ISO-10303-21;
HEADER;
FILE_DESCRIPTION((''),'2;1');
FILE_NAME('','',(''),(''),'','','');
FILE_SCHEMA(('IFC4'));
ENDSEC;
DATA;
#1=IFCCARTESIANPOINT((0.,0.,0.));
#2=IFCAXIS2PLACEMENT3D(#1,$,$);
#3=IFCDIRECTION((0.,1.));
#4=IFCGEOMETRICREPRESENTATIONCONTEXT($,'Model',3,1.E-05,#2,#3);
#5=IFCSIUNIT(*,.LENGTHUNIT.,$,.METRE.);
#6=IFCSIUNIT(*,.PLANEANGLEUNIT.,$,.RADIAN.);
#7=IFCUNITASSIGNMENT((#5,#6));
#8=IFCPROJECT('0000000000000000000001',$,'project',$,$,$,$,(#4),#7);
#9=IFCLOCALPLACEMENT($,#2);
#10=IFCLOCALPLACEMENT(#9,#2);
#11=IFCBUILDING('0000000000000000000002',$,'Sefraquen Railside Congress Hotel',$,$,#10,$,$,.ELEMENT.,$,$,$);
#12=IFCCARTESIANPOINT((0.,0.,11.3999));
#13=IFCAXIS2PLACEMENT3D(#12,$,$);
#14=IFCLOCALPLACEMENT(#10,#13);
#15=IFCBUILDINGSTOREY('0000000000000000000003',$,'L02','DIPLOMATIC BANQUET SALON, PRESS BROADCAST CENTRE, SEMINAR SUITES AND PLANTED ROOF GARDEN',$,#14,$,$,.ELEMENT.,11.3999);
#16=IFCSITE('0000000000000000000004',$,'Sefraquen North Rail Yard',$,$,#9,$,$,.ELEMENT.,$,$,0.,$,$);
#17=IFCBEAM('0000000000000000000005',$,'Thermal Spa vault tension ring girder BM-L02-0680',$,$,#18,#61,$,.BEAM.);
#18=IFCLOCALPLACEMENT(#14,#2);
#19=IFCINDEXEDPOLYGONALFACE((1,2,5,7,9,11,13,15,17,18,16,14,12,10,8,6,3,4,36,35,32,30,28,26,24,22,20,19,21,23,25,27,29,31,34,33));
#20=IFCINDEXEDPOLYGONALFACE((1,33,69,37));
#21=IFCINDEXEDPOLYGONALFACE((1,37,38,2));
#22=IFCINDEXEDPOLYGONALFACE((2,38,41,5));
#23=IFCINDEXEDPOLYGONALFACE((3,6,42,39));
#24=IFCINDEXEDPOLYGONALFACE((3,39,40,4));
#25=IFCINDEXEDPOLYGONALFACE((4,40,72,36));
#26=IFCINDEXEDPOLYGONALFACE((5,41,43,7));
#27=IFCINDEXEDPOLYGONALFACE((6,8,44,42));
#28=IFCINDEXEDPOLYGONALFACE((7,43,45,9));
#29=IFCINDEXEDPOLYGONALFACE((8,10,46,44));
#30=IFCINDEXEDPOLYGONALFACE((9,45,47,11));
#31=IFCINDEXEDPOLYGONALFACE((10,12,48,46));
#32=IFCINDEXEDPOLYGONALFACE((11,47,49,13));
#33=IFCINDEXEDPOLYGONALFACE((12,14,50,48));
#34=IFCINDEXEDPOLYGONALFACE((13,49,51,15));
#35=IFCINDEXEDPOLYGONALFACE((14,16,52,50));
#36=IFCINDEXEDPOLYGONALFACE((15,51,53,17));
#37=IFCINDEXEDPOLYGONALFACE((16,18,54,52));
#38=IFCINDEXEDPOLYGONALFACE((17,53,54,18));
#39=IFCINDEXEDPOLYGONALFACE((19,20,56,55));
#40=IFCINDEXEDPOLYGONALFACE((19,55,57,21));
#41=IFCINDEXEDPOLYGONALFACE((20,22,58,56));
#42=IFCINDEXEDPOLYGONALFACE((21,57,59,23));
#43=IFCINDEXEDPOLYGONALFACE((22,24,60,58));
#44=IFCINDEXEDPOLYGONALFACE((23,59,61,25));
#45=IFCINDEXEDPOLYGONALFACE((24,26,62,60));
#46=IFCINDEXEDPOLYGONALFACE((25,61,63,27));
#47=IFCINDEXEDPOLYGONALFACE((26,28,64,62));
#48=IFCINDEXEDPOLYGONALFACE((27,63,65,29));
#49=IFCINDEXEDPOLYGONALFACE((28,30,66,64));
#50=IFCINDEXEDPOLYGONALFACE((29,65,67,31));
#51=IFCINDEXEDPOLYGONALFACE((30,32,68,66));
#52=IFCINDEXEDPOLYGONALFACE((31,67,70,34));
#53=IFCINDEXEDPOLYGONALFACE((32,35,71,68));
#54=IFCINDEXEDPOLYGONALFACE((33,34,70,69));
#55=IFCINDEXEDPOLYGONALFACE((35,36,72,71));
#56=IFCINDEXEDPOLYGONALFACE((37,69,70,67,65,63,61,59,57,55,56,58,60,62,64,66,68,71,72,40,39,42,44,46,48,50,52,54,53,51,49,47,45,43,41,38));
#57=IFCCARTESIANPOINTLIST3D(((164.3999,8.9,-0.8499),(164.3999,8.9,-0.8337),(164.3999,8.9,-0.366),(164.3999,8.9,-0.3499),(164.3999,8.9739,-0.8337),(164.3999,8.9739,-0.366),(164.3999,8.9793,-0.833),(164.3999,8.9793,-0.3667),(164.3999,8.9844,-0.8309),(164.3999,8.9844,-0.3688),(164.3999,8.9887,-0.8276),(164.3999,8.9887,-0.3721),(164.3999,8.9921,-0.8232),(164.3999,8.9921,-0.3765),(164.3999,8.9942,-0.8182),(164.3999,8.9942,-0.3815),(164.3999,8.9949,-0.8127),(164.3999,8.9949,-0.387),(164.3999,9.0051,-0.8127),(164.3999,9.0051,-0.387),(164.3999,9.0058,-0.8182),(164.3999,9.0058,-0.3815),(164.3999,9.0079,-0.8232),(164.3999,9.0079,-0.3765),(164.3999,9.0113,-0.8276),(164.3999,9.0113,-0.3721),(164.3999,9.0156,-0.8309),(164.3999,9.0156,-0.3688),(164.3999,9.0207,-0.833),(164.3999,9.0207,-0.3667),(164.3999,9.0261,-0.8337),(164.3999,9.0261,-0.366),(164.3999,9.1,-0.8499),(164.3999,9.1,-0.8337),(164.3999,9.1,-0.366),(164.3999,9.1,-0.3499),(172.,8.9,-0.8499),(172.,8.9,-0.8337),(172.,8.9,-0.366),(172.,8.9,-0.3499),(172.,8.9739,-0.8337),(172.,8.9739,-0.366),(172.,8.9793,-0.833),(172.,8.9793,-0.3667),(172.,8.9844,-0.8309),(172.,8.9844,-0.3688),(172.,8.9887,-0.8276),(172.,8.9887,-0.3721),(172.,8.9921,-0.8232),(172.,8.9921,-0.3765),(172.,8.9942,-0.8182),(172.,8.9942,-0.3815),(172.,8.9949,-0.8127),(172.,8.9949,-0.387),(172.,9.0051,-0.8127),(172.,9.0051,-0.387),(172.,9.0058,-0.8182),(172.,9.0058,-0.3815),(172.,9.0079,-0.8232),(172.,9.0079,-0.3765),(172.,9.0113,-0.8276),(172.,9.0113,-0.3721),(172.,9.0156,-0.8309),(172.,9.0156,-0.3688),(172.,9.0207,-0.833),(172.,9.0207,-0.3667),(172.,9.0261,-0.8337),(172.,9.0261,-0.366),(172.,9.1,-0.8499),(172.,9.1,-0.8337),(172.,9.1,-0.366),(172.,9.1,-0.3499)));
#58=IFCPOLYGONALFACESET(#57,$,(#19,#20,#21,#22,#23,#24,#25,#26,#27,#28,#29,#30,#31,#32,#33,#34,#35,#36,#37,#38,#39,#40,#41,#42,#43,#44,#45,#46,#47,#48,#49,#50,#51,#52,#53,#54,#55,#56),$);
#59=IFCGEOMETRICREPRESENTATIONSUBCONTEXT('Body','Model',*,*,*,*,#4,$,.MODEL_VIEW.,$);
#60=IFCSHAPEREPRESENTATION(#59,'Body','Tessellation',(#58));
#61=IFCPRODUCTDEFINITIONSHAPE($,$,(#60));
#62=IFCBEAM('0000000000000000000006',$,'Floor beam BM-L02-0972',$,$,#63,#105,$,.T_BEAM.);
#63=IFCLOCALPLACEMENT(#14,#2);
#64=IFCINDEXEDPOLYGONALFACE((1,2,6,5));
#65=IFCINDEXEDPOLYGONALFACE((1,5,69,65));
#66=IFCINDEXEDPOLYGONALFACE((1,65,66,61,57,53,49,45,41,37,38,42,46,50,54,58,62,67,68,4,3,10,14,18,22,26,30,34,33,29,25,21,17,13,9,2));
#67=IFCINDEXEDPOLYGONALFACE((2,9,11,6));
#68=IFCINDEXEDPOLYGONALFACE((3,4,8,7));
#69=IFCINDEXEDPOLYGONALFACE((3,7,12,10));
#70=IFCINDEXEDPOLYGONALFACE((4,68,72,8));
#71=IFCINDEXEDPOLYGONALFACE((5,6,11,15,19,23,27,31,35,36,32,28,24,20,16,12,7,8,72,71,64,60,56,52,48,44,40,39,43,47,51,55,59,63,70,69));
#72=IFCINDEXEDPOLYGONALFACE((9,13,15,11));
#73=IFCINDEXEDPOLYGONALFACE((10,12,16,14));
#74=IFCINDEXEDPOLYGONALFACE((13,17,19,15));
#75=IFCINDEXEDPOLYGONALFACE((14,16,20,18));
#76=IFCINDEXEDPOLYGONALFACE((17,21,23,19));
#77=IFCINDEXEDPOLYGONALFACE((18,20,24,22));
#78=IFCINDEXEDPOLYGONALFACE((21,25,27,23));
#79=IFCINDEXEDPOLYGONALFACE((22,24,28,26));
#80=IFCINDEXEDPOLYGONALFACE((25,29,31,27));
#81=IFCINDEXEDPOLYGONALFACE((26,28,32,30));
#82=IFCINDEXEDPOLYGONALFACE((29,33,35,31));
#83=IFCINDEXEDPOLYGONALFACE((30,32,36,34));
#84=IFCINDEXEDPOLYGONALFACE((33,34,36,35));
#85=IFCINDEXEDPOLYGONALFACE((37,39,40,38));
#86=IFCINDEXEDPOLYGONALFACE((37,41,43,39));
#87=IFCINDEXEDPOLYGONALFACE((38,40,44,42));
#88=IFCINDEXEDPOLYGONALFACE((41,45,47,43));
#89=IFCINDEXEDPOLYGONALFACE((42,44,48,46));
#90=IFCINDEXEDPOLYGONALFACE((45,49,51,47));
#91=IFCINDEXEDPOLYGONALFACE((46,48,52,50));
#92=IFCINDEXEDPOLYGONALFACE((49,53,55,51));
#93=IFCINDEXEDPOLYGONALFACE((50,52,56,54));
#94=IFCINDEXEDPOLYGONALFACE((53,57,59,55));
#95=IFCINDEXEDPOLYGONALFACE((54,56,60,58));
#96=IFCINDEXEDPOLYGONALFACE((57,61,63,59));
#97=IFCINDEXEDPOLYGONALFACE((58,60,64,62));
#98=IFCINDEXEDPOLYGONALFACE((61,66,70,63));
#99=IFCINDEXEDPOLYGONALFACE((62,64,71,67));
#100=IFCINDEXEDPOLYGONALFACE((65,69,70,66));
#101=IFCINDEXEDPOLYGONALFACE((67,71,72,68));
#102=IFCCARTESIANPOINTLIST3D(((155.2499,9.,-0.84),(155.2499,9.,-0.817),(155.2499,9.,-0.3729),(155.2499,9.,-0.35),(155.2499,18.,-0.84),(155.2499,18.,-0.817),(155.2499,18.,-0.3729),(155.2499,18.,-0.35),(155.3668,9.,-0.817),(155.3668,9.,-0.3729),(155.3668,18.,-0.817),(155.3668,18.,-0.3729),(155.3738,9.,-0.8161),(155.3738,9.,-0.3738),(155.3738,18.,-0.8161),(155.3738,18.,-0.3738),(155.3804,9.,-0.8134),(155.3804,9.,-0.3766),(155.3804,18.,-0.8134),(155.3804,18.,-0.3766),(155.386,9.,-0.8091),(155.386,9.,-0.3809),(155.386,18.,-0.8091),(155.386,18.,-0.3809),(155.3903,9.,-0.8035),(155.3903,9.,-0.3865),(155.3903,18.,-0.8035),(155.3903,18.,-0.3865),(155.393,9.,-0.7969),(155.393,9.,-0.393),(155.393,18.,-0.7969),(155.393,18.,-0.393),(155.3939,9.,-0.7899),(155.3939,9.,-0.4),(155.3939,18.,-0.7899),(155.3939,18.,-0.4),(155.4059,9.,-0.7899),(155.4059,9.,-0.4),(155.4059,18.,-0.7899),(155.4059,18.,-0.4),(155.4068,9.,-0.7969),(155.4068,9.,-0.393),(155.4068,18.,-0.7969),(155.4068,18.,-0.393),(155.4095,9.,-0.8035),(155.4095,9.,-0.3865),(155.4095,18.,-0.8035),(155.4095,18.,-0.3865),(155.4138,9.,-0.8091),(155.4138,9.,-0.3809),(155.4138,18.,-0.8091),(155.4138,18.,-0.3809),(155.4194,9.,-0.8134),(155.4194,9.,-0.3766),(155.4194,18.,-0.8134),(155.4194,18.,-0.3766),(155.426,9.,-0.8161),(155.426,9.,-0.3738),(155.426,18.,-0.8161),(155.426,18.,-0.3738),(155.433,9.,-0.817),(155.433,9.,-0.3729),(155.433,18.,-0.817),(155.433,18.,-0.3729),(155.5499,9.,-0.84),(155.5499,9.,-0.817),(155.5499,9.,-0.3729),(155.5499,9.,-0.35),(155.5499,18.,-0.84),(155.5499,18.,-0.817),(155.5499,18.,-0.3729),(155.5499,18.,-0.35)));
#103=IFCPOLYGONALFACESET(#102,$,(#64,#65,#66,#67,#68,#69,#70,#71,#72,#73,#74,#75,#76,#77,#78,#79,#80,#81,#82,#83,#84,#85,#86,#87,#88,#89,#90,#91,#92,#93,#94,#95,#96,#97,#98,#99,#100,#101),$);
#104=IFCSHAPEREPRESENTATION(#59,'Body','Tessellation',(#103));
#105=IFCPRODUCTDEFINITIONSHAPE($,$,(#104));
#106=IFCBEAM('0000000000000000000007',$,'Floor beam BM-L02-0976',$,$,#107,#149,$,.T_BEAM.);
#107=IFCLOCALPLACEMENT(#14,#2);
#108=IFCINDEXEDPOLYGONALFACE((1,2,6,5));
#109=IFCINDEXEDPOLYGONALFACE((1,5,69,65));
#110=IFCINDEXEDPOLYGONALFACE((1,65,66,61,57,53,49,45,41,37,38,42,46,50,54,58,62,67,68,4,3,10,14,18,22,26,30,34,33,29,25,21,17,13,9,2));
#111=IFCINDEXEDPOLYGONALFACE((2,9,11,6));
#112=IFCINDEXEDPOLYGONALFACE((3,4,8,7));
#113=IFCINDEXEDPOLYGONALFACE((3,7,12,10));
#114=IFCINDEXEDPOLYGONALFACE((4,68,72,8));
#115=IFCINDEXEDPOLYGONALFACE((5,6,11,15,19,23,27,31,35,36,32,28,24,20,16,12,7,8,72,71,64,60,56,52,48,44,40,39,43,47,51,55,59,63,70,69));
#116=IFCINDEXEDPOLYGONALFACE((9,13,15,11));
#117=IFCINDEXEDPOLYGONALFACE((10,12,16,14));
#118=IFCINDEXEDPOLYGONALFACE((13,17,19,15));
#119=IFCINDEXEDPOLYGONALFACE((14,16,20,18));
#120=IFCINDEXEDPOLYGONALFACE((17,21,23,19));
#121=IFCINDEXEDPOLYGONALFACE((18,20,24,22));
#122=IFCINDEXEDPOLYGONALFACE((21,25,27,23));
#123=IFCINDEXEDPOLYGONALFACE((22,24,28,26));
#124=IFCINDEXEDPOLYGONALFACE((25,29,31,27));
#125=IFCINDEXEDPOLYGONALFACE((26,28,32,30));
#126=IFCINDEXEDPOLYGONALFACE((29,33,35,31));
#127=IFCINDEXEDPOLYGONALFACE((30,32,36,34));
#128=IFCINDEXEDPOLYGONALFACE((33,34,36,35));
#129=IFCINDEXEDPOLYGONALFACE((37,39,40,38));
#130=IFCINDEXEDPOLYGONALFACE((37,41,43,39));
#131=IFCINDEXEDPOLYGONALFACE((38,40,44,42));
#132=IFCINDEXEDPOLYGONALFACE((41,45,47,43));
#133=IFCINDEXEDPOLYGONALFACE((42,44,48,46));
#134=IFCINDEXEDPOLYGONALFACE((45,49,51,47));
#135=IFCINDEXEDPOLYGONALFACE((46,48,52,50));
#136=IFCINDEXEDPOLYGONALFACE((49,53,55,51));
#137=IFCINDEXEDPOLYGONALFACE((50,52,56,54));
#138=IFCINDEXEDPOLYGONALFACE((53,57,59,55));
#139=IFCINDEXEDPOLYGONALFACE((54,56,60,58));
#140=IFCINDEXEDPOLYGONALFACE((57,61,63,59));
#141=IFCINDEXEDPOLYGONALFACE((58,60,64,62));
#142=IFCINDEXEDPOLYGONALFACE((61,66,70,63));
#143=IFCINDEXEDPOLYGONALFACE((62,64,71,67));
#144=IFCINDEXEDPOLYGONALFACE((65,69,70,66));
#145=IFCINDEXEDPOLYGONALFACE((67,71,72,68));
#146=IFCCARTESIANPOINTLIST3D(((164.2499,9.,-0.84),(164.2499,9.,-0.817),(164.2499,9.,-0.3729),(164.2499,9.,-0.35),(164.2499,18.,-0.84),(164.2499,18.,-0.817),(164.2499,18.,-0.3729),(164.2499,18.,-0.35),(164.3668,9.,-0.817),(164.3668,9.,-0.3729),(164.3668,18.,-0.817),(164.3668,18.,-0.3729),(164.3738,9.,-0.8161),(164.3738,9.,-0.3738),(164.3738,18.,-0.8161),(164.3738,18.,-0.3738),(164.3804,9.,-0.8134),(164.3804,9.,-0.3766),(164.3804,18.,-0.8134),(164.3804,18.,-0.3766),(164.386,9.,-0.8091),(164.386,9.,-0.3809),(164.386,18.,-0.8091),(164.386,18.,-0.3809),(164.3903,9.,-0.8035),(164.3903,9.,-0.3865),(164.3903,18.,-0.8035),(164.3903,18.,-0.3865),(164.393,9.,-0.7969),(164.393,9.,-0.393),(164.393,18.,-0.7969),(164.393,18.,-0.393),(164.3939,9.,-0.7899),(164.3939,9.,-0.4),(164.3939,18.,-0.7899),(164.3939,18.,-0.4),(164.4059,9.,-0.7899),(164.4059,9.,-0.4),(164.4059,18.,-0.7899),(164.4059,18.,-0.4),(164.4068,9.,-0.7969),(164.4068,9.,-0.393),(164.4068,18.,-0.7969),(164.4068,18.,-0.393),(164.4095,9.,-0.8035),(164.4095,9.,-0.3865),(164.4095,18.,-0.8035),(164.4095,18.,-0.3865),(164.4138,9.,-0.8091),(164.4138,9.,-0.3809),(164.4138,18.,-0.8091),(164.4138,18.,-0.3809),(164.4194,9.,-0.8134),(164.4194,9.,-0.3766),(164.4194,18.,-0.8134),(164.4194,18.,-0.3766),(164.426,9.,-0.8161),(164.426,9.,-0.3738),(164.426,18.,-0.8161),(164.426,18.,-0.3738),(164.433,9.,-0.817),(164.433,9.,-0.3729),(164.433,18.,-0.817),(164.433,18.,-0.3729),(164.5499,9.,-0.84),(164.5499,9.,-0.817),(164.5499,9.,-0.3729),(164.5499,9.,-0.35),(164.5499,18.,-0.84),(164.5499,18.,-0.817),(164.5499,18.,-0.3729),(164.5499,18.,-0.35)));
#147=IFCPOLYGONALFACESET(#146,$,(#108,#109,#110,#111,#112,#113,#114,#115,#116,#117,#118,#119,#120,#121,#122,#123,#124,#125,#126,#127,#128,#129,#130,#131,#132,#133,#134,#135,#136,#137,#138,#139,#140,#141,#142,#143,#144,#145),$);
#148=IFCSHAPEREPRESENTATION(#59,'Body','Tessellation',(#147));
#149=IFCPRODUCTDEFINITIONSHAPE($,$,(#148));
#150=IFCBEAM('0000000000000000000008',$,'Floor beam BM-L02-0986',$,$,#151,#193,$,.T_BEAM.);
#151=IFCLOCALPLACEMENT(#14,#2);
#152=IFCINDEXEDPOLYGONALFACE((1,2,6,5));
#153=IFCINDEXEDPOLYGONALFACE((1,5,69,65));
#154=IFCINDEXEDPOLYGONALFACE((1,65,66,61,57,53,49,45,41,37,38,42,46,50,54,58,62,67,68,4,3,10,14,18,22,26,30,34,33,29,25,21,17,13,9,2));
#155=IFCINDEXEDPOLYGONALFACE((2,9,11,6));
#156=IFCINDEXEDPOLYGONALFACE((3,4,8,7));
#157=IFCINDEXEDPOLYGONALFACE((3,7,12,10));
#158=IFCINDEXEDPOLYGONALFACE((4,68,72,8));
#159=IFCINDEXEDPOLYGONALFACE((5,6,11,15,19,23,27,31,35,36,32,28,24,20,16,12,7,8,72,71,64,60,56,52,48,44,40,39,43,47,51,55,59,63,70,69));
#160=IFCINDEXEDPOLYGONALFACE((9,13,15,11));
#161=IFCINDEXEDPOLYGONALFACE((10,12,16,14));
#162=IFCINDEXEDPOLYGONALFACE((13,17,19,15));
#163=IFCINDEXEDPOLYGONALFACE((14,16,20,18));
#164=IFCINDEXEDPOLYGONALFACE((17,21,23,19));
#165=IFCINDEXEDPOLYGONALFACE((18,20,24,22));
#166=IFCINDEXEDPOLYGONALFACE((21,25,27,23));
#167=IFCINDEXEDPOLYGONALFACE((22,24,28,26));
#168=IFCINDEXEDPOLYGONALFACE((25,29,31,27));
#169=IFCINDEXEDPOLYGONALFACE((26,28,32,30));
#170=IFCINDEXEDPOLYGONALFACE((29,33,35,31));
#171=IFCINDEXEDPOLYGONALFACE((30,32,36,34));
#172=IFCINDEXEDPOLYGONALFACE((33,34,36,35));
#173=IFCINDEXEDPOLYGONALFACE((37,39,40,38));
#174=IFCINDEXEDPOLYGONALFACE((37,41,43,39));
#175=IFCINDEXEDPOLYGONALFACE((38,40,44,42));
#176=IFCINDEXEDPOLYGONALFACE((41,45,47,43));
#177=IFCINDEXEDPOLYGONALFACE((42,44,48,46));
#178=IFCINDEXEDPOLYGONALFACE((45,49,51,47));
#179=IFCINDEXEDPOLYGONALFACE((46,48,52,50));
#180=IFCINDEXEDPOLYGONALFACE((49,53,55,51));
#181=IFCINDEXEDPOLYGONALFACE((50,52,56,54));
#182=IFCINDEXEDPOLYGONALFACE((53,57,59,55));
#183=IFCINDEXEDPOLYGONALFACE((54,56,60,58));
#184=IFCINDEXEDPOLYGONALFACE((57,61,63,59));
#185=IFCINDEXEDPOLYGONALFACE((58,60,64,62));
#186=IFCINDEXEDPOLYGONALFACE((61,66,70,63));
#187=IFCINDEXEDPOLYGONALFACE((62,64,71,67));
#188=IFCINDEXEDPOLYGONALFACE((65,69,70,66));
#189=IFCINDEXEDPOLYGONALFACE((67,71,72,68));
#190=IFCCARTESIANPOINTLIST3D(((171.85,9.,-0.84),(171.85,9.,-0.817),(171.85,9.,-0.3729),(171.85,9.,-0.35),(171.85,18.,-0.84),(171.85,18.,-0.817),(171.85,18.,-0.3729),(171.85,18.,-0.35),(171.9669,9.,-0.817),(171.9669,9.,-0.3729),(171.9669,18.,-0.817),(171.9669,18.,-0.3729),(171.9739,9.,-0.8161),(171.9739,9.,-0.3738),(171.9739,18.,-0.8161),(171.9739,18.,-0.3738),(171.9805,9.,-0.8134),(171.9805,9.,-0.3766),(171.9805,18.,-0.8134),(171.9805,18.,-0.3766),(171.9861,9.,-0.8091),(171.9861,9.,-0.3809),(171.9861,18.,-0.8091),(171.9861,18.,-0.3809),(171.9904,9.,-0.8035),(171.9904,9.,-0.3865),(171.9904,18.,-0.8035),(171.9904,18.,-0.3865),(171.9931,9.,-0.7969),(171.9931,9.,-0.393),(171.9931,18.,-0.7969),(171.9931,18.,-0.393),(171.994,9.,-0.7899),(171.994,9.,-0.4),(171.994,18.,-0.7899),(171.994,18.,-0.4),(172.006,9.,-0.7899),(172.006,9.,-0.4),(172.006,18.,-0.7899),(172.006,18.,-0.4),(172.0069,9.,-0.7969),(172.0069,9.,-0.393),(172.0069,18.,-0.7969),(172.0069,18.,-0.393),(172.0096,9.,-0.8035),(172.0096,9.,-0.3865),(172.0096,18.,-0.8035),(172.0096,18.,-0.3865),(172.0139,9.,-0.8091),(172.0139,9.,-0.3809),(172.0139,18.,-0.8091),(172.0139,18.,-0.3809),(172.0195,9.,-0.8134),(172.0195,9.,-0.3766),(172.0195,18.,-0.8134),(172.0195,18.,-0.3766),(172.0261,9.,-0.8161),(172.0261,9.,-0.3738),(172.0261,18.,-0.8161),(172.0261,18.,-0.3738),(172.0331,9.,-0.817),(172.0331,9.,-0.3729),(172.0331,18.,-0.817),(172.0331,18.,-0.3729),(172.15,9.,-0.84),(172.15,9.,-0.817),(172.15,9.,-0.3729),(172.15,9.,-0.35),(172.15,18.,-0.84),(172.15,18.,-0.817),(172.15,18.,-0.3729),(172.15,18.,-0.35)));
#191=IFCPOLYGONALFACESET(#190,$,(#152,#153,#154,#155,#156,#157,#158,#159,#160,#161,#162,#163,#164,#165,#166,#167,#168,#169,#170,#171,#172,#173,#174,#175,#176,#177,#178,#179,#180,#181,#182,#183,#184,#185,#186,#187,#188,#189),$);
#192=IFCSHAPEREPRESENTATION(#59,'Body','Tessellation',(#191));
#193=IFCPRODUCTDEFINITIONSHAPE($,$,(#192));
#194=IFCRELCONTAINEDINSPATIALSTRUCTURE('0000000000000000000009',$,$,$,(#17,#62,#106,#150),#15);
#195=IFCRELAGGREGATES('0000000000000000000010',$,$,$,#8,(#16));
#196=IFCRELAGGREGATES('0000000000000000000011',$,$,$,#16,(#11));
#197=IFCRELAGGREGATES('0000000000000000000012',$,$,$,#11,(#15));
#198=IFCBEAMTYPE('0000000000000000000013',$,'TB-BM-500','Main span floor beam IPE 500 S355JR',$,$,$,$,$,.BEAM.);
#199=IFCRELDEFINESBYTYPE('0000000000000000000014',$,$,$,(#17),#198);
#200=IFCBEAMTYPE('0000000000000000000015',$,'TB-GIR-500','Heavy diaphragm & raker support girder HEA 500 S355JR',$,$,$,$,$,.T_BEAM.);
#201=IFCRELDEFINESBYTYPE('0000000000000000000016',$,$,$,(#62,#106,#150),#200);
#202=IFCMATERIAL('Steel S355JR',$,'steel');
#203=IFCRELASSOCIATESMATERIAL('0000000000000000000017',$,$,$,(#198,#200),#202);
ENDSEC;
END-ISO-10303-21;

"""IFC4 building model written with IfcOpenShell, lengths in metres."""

from ifc_helpers import new_model, si_unit, direction, frame, origin, origin_2d, place, context, subcontext, project, spatial, i_section, extrude, material, material_profile, profile_set, type_object, element, save


model = new_model("IFC4")

# Units and contexts
model_context = context("Model", 3, precision=1e-05, world=origin(), true_north=direction((0.0, 1.0)))
body_context = subcontext(model_context, "Body", "Model", "MODEL_VIEW")
ifc_project = project(units=[si_unit("LENGTHUNIT", "METRE"), si_unit("PLANEANGLEUNIT", "RADIAN")], contexts=[model_context])

# Site, building, storey
site_placement = place(None, origin())
site = spatial("IfcSite", under=ifc_project, at=site_placement, Name="Sefraquen North Rail Yard", CompositionType="ELEMENT", RefElevation=0.0)
building_placement = place(site_placement, origin())
building = spatial("IfcBuilding", under=site, at=building_placement, Name="Sefraquen Railside Congress Hotel", CompositionType="ELEMENT")
storey_placement = place(building_placement, frame((0.0, 0.0, 11.3999)))
storey = spatial("IfcBuildingStorey", under=building, at=storey_placement, Name="L02", Description="DIPLOMATIC BANQUET SALON, PRESS BROADCAST CENTRE, SEMINAR SUITES AND PLANTED ROOF GARDEN", CompositionType="ELEMENT", Elevation=11.3999)

# Beams
ifc_material_1 = material(Name="Steel S355JR", Category="steel")
ifc_material_profile_1 = material_profile(ifc_material_1, i_section(OverallWidth=0.2, OverallDepth=0.5, WebThickness=0.0103, FlangeThickness=0.0161, FilletRadius=0.021, at=origin_2d()), Name="IPE 500")
ifc_profile_set_1 = profile_set([ifc_material_profile_1], Name="Steel S355JR")
beam_type_1 = type_object("IfcBeamType", Name="TB-BM-500", Description="Main span floor beam IPE 500 S355JR", PredefinedType="BEAM", material=ifc_profile_set_1)
beam_1_placement = place(storey_placement, frame((164.3999, 9.0, -0.5999), z_axis=(1.0, 0.0, 0.0), x_axis=(0.0, 1.0, 0.0)))
element("IfcBeam", 1, at=beam_1_placement, inside=storey, type_object=beam_type_1, Name="Thermal Spa vault tension ring girder BM-L02-0680", PredefinedType="BEAM", context=body_context, shape_type="SweptSolid", body=[
    extrude(i_section(OverallWidth=0.2, OverallDepth=0.5, WebThickness=0.0103, FlangeThickness=0.0161, FilletRadius=0.021, at=origin_2d()), origin(), (0.0, 0.0, 1.0), 7.6001),
])
ifc_material_profile_2 = material_profile(ifc_material_1, i_section(OverallWidth=0.3, OverallDepth=0.49, WebThickness=0.012, FlangeThickness=0.0229, FilletRadius=0.0271, at=origin_2d()), Name="HEA 500")
ifc_profile_set_2 = profile_set([ifc_material_profile_2], Name="Steel S355JR")
beam_type_2 = type_object("IfcBeamType", Name="TB-GIR-500", Description="Heavy diaphragm & raker support girder HEA 500 S355JR", PredefinedType="T_BEAM", material=ifc_profile_set_2)
for number, where, z_axis, x_axis, name in (
    (2, (155.3999, 9.0, -0.595), (0.0, 1.0, 0.0), (-1.0, 0.0, 0.0), "Floor beam BM-L02-0972"),
    (3, (164.3999, 9.0, -0.595), (0.0, 1.0, 0.0), (-1.0, 0.0, 0.0), "Floor beam BM-L02-0976"),
    (4, (172.0, 9.0, -0.595), (0.0, 1.0, 0.0), (-1.0, 0.0, 0.0), "Floor beam BM-L02-0986"),
):
    element("IfcBeam", number, at=place(storey_placement, frame(where, z_axis=z_axis, x_axis=x_axis)), inside=storey, type_object=beam_type_2, Name=name, PredefinedType="T_BEAM", context=body_context, shape_type="SweptSolid", body=[
        extrude(i_section(OverallWidth=0.3, OverallDepth=0.49, WebThickness=0.012, FlangeThickness=0.0229, FilletRadius=0.0271, at=origin_2d()), origin(), (0.0, 0.0, 1.0), 9.0),
    ])

save(model, "model.ifc")
